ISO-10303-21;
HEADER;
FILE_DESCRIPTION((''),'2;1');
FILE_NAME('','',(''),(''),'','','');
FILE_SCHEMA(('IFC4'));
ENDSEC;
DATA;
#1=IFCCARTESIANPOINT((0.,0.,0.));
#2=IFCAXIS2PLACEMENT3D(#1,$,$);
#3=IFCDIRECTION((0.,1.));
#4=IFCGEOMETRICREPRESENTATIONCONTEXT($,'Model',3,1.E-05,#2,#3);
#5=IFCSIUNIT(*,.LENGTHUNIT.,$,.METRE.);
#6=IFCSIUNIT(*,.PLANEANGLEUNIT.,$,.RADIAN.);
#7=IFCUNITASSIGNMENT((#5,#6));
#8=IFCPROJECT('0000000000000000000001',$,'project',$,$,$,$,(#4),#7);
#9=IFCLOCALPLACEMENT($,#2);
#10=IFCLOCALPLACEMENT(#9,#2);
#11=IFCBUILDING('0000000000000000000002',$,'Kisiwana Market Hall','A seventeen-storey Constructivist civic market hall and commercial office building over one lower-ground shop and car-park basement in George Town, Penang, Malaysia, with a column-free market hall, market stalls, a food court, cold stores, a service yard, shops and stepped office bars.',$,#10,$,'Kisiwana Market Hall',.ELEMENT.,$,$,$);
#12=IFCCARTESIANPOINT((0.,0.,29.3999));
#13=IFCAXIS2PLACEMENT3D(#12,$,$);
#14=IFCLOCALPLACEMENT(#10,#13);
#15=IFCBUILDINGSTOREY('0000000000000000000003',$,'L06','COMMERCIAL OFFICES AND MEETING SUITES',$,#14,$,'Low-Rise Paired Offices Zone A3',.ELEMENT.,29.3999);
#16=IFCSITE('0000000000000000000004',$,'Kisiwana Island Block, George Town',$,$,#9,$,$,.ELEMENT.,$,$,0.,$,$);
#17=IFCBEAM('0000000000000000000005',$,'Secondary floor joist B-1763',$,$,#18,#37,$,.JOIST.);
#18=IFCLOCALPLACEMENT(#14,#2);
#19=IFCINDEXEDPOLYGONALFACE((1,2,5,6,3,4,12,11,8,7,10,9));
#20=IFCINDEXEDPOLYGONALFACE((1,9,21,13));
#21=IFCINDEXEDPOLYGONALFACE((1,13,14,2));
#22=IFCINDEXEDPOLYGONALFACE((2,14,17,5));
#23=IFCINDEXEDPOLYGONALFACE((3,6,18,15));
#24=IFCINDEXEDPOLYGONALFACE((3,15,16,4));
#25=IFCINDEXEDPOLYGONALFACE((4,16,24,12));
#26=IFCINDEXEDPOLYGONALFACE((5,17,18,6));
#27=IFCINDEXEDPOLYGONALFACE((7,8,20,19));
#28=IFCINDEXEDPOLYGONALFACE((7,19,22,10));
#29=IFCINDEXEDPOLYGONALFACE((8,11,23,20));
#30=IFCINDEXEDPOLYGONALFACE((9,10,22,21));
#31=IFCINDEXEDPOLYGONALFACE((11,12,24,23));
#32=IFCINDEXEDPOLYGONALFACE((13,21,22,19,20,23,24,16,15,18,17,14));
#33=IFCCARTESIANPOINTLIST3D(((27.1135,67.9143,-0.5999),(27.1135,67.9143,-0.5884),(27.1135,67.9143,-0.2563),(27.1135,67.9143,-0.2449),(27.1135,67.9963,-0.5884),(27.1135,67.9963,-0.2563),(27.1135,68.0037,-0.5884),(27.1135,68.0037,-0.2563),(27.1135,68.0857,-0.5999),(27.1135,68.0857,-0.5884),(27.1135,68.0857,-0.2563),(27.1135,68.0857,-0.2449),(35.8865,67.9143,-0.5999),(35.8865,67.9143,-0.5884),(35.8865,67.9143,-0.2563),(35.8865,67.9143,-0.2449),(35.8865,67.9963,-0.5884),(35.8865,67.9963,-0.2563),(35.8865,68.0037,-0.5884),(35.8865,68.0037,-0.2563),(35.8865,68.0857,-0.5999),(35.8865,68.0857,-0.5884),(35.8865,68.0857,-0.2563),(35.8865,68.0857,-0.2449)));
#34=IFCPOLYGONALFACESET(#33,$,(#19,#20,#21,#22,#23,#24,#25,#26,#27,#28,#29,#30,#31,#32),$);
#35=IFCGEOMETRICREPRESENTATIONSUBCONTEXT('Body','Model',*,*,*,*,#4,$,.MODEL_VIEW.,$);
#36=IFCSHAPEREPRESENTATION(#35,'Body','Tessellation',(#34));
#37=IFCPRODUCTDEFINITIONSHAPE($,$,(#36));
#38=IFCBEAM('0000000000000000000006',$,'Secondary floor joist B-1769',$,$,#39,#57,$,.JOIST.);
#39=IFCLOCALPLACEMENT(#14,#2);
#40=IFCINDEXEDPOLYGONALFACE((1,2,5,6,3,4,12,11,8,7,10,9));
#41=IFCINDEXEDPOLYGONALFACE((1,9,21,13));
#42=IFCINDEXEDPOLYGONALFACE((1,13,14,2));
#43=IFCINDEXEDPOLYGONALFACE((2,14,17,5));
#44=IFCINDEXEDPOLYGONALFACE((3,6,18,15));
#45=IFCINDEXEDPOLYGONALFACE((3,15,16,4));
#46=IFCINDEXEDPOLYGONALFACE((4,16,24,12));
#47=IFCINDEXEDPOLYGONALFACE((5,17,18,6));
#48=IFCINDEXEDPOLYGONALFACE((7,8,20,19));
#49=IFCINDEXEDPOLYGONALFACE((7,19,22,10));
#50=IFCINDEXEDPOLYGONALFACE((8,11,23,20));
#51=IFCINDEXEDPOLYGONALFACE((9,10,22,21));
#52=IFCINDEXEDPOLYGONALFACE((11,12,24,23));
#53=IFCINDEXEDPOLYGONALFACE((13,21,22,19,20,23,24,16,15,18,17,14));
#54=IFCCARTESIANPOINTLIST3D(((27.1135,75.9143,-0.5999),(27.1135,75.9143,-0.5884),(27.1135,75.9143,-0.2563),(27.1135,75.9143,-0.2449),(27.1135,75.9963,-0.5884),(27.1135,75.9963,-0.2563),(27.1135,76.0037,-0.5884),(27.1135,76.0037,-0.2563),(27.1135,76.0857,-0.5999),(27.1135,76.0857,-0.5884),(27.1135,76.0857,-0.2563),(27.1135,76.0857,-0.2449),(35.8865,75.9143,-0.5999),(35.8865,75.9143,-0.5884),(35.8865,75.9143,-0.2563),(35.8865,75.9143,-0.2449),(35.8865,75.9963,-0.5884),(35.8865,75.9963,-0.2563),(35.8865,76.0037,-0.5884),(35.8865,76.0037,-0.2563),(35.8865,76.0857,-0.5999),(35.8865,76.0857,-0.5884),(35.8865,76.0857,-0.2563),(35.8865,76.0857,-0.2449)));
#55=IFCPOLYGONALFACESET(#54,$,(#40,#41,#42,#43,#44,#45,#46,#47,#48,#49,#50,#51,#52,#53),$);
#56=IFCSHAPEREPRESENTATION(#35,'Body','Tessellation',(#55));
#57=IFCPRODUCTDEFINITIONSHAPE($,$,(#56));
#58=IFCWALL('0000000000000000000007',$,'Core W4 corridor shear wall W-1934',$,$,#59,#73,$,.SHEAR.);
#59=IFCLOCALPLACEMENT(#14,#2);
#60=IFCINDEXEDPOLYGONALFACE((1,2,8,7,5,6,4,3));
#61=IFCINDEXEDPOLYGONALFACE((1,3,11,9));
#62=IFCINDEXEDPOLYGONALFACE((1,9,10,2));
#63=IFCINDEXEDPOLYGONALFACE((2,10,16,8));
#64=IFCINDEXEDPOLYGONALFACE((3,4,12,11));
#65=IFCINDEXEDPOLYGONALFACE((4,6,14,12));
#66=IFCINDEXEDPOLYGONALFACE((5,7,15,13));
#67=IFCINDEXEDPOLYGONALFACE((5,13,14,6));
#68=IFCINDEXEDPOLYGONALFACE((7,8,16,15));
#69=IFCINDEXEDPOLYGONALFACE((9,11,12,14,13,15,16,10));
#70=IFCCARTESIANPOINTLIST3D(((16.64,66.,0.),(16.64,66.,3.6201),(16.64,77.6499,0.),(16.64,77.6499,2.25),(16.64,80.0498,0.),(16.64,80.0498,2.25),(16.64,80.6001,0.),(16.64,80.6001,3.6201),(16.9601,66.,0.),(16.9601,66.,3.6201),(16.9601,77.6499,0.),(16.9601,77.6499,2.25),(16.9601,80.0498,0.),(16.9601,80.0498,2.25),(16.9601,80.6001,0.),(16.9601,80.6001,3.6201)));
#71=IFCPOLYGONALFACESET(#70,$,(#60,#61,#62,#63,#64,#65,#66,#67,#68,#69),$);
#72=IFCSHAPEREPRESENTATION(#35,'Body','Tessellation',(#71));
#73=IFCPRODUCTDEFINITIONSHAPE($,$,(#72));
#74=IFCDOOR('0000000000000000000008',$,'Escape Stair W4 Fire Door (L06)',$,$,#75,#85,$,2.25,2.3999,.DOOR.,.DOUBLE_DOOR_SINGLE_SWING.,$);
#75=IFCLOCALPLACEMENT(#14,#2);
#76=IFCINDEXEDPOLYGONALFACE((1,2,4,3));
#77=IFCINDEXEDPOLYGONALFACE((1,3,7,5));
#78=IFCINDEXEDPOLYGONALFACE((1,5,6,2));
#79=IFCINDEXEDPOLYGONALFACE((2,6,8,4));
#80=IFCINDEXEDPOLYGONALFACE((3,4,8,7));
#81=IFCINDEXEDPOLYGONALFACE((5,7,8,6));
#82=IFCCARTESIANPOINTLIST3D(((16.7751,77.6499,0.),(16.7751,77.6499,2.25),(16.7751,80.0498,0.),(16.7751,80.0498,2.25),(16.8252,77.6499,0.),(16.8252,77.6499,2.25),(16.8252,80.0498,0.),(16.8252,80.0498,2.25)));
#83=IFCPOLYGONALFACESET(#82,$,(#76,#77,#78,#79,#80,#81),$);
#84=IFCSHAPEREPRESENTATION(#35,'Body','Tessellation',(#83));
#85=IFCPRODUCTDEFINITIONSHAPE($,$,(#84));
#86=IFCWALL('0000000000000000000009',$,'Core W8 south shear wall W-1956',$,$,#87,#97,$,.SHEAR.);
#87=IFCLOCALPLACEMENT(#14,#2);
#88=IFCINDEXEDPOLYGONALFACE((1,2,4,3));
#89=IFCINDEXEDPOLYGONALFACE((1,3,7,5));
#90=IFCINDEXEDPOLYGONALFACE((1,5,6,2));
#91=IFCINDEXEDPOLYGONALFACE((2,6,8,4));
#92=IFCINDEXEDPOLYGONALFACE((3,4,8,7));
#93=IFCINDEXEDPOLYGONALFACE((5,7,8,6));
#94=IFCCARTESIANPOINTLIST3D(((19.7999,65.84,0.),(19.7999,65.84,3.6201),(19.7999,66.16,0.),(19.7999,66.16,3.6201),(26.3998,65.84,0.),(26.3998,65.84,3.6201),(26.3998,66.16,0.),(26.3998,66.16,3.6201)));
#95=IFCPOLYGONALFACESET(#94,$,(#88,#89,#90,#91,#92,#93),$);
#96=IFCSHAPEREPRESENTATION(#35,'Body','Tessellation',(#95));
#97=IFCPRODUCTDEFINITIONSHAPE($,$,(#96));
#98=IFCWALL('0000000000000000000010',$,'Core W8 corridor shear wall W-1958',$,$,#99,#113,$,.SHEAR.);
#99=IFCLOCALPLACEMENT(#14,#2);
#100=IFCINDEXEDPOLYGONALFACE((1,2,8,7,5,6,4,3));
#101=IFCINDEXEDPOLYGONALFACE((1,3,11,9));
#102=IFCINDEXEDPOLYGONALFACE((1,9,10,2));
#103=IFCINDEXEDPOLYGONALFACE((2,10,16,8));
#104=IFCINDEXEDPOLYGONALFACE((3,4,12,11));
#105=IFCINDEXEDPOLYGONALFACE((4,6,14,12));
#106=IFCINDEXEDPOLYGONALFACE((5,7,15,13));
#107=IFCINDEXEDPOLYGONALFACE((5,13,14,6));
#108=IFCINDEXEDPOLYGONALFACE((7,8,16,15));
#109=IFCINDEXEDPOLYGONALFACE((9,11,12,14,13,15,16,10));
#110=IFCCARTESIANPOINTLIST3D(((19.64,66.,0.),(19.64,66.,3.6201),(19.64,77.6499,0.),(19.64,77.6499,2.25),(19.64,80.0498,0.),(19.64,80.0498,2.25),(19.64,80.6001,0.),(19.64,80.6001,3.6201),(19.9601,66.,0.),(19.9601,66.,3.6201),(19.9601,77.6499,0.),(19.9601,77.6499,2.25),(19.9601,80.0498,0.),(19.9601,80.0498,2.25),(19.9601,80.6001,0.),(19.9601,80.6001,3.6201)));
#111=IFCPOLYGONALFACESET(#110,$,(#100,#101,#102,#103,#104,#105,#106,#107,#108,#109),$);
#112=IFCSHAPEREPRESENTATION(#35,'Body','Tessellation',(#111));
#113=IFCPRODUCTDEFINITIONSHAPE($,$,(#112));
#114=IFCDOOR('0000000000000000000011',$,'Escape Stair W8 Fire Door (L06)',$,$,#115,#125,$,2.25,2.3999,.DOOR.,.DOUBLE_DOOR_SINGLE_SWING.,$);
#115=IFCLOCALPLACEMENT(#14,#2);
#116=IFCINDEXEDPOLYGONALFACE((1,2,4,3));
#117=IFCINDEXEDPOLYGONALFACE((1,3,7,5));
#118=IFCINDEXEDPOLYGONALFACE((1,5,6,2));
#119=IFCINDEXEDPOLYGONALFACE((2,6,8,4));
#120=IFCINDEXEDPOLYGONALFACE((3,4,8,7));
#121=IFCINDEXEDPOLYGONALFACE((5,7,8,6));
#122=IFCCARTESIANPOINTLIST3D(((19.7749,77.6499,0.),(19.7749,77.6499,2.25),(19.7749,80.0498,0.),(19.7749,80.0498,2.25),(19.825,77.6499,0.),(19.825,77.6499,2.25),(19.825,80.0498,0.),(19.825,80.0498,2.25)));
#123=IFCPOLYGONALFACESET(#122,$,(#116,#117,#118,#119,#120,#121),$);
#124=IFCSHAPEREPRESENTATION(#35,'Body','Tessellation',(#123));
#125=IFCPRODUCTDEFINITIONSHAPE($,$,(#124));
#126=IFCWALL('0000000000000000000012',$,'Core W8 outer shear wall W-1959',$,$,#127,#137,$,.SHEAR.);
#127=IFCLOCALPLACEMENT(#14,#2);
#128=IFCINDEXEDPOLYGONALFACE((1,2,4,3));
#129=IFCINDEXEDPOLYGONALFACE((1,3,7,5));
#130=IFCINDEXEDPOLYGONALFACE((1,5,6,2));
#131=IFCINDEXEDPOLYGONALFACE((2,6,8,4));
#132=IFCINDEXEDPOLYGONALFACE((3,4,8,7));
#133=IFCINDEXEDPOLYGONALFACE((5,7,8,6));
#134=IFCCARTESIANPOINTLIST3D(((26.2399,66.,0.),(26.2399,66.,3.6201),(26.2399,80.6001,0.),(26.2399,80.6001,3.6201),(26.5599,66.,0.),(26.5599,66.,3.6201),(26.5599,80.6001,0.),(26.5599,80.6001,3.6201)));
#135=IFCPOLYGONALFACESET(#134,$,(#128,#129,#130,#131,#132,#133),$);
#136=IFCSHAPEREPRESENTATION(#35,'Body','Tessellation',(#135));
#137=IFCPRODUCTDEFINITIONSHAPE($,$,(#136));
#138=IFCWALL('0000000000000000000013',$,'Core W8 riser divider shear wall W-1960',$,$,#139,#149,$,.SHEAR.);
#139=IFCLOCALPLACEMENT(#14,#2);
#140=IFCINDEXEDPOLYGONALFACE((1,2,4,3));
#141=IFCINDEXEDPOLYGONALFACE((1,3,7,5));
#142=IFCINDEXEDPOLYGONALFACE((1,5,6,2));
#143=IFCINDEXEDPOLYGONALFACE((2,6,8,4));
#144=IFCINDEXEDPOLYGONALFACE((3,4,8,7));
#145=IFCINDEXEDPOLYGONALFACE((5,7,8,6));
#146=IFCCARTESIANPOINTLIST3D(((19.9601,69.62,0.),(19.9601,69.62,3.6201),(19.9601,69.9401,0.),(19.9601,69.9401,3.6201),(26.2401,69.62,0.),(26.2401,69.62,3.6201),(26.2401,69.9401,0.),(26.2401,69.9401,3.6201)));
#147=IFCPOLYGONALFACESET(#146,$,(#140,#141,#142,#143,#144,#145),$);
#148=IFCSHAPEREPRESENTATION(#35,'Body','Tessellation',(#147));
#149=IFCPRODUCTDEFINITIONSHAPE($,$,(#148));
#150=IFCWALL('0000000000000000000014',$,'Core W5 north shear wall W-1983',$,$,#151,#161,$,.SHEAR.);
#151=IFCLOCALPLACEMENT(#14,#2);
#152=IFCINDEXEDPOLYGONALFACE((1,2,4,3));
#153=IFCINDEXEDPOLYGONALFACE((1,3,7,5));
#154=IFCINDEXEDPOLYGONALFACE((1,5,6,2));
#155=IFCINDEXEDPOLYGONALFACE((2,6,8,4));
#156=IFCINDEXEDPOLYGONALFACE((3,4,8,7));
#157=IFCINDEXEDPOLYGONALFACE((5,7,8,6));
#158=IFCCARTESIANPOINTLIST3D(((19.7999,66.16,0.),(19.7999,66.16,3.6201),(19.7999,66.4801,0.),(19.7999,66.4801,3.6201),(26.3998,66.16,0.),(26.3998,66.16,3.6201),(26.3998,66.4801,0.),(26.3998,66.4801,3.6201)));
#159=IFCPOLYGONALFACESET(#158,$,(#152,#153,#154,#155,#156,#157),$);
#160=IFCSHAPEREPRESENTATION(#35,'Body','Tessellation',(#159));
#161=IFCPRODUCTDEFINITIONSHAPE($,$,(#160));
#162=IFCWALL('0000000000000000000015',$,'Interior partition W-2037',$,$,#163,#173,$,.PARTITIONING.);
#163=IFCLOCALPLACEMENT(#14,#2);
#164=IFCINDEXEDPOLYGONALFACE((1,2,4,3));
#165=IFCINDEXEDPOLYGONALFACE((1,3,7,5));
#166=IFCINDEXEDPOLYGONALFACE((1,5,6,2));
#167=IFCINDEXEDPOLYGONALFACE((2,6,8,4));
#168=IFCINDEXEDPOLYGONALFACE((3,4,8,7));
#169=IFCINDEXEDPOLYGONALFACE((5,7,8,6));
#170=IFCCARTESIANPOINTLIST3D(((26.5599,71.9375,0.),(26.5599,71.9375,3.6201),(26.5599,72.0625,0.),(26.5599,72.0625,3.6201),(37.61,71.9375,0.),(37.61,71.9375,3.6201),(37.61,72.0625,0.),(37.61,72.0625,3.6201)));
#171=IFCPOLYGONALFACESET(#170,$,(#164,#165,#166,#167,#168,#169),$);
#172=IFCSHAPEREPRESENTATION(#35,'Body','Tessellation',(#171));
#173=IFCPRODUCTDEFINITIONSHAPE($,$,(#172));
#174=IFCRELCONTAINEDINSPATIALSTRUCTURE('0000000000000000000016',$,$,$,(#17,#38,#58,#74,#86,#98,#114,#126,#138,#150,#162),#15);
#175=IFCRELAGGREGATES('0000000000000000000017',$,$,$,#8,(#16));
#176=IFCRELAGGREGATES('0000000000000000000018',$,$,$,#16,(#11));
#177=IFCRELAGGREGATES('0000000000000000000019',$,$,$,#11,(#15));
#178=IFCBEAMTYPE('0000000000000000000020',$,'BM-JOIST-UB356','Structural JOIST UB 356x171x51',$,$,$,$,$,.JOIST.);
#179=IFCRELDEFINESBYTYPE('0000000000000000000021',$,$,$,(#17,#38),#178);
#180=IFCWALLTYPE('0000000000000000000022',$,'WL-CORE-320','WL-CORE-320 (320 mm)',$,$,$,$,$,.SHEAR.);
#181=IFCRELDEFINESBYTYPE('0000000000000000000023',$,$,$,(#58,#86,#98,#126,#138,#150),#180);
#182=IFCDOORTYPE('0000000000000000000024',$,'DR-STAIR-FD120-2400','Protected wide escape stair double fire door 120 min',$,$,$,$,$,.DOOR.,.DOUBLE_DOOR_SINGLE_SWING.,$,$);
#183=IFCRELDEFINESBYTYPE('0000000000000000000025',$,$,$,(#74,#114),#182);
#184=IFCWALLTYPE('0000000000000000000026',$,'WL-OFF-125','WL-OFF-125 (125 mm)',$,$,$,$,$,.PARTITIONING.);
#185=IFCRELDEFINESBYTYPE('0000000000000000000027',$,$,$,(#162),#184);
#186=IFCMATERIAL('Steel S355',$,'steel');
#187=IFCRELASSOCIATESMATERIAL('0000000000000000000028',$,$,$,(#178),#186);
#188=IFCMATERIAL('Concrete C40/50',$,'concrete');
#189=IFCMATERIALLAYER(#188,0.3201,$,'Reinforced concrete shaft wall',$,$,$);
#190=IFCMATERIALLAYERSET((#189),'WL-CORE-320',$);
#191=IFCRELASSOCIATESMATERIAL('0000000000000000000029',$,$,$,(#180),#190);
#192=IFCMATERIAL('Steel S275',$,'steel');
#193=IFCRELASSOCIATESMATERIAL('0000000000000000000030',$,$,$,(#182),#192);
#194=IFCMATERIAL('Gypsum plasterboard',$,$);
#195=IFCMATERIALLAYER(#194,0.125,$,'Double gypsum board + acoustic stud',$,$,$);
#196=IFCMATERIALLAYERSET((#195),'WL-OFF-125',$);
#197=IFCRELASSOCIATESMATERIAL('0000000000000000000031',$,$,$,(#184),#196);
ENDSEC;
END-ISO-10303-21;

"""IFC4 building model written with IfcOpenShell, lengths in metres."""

from ifc_helpers import new_model, si_unit, direction, frame, frame_2d, origin, origin_2d, place, context, subcontext, project, spatial, rectangle, i_section, extrude, material, layer, layer_set, material_profile, profile_set, type_object, element, fill, save


model = new_model("IFC4")

# Units and contexts
model_context = context("Model", 3, precision=1e-05, world=origin(), true_north=direction((0.0, 1.0)))
body_context = subcontext(model_context, "Body", "Model", "MODEL_VIEW")
ifc_project = project(units=[si_unit("LENGTHUNIT", "METRE"), si_unit("PLANEANGLEUNIT", "RADIAN")], contexts=[model_context])

# Site, building, storey
site_placement = place(None, origin())
site = spatial("IfcSite", under=ifc_project, at=site_placement, Name="Kisiwana Island Block, George Town", CompositionType="ELEMENT", RefElevation=0.0)
building_placement = place(site_placement, origin())
building = spatial("IfcBuilding", under=site, at=building_placement, Name="Kisiwana Market Hall", Description="A seventeen-storey Constructivist civic market hall and commercial office building over one lower-ground shop and car-park basement in George Town, Penang, Malaysia, with a column-free market hall, market stalls, a food court, cold stores, a service yard, shops and stepped office bars.", LongName="Kisiwana Market Hall", CompositionType="ELEMENT")
storey_placement = place(building_placement, frame((0.0, 0.0, 29.3999)))
storey = spatial("IfcBuildingStorey", under=building, at=storey_placement, Name="L06", Description="COMMERCIAL OFFICES AND MEETING SUITES", LongName="Low-Rise Paired Offices Zone A3", CompositionType="ELEMENT", Elevation=29.3999)

# Beams
ifc_material_1 = material(Name="Steel S355", Category="steel")
ifc_material_profile = material_profile(ifc_material_1, i_section(OverallWidth=0.1714, OverallDepth=0.355, WebThickness=0.0073, FlangeThickness=0.0115, at=origin_2d()), Name="UB 356x171x51")
ifc_profile_set = profile_set([ifc_material_profile], Name="Steel S355")
beam_type = type_object("IfcBeamType", Name="BM-JOIST-UB356", Description="Structural JOIST UB 356x171x51", PredefinedType="JOIST", material=ifc_profile_set)
for number, where, z_axis, x_axis, name in (
    (1, (27.1135, 68.0, -0.4224), (1.0, 0.0, 0.0), (0.0, 1.0, 0.0), "Secondary floor joist B-1763"),
    (2, (27.1135, 76.0, -0.4224), (1.0, 0.0, 0.0), (0.0, 1.0, 0.0), "Secondary floor joist B-1769"),
):
    element("IfcBeam", number, at=place(storey_placement, frame(where, z_axis=z_axis, x_axis=x_axis)), inside=storey, type_object=beam_type, Name=name, PredefinedType="JOIST", context=body_context, shape_type="SweptSolid", body=[
        extrude(i_section(OverallWidth=0.1714, OverallDepth=0.355, WebThickness=0.0073, FlangeThickness=0.0115, at=origin_2d()), origin(), (0.0, 0.0, 1.0), 8.7729),
    ])

# Wall, opening, door
ifc_material_2 = material(Name="Concrete C40/50", Category="concrete")
ifc_layer_1 = layer(ifc_material_2, 0.3201, Name="Reinforced concrete shaft wall")
ifc_layer_set_1 = layer_set([ifc_layer_1], Name="WL-CORE-320")
wall_type_1 = type_object("IfcWallType", Name="WL-CORE-320", Description="WL-CORE-320 (320 mm)", PredefinedType="SHEAR", material=ifc_layer_set_1)
wall_1_placement = place(storey_placement, frame((16.8, 66.0, 0.0), z_axis=(0.0, 0.0, 1.0), x_axis=(0.0, 1.0, 0.0)))
wall_1 = element("IfcWall", 3, at=wall_1_placement, inside=storey, type_object=wall_type_1, Name="Core W4 corridor shear wall W-1934", PredefinedType="SHEAR", context=body_context, shape_type="SweptSolid", body=[
    extrude(rectangle(XDim=14.6001, YDim=0.3201, at=frame_2d((7.3, 0.0))), origin(), (0.0, 0.0, 1.0), 3.6201),
])
opening_1_placement = place(wall_1_placement, frame((11.6499, 0.0, 0.0)))
opening_1 = element("IfcOpeningElement", 4, at=opening_1_placement, cuts=wall_1, PredefinedType="OPENING", context=body_context, shape_type="SweptSolid", body=[
    extrude(rectangle(XDim=2.3999, YDim=2.25, at=frame_2d((1.2, 1.125))), frame((0.0, 0.1719, 0.0), z_axis=(0.0, -1.0, 0.0), x_axis=(1.0, 0.0, 0.0)), (0.0, 0.0, 1.0), 0.344),
])
ifc_material_3 = material(Name="Steel S275", Category="steel")
door_type = type_object("IfcDoorType", Name="DR-STAIR-FD120-2400", Description="Protected wide escape stair double fire door 120 min", OperationType="DOUBLE_DOOR_SINGLE_SWING", PredefinedType="DOOR", material=ifc_material_3)
door_1_placement = place(opening_1_placement, origin())
door_1 = element("IfcDoor", 5, at=door_1_placement, inside=storey, type_object=door_type, Name="Escape Stair W4 Fire Door (L06)", OperationType="DOUBLE_DOOR_SINGLE_SWING", OverallHeight=2.25, OverallWidth=2.3999, PredefinedType="DOOR", context=body_context, shape_type="SweptSolid", body=[
    extrude(rectangle(XDim=2.3999, YDim=2.25, at=frame_2d((1.2, 1.125))), frame((0.0, 0.0249, 0.0), z_axis=(0.0, -1.0, 0.0), x_axis=(1.0, 0.0, 0.0)), (0.0, 0.0, 1.0), 0.05),
])
fill(opening_1, door_1)

# Wall
wall_2_placement = place(storey_placement, frame((19.8, 66.0, 0.0), z_axis=(0.0, 0.0, 1.0), x_axis=(1.0, 0.0, 0.0)))
element("IfcWall", 6, at=wall_2_placement, inside=storey, type_object=wall_type_1, Name="Core W8 south shear wall W-1956", PredefinedType="SHEAR", context=body_context, shape_type="SweptSolid", body=[
    extrude(rectangle(XDim=6.5999, YDim=0.3201, at=frame_2d((3.2998, 0.0))), origin(), (0.0, 0.0, 1.0), 3.6201),
])

# Wall, opening, door
wall_3_placement = place(storey_placement, frame((19.8, 66.0, 0.0), z_axis=(0.0, 0.0, 1.0), x_axis=(0.0, 1.0, 0.0)))
wall_3 = element("IfcWall", 7, at=wall_3_placement, inside=storey, type_object=wall_type_1, Name="Core W8 corridor shear wall W-1958", PredefinedType="SHEAR", context=body_context, shape_type="SweptSolid", body=[
    extrude(rectangle(XDim=14.6001, YDim=0.3201, at=frame_2d((7.3, 0.0))), origin(), (0.0, 0.0, 1.0), 3.6201),
])
opening_2_placement = place(wall_3_placement, frame((11.6499, 0.0, 0.0)))
opening_2 = element("IfcOpeningElement", 8, at=opening_2_placement, cuts=wall_3, PredefinedType="OPENING", context=body_context, shape_type="SweptSolid", body=[
    extrude(rectangle(XDim=2.3999, YDim=2.25, at=frame_2d((1.2, 1.125))), frame((0.0, 0.1719, 0.0), z_axis=(0.0, -1.0, 0.0), x_axis=(1.0, 0.0, 0.0)), (0.0, 0.0, 1.0), 0.344),
])
door_2_placement = place(opening_2_placement, frame((2.3999, 0.0, 0.0), z_axis=(0.0, 0.0, 1.0), x_axis=(-1.0, 0.0, 0.0)))
door_2 = element("IfcDoor", 9, at=door_2_placement, inside=storey, type_object=door_type, Name="Escape Stair W8 Fire Door (L06)", OperationType="DOUBLE_DOOR_SINGLE_SWING", OverallHeight=2.25, OverallWidth=2.3999, PredefinedType="DOOR", context=body_context, shape_type="SweptSolid", body=[
    extrude(rectangle(XDim=2.3999, YDim=2.25, at=frame_2d((1.2, 1.125))), frame((0.0, 0.0249, 0.0), z_axis=(0.0, -1.0, 0.0), x_axis=(1.0, 0.0, 0.0)), (0.0, 0.0, 1.0), 0.05),
])
fill(opening_2, door_2)

# Walls
wall_4_placement = place(storey_placement, frame((26.3999, 66.0, 0.0), z_axis=(0.0, 0.0, 1.0), x_axis=(0.0, 1.0, 0.0)))
element("IfcWall", 10, at=wall_4_placement, inside=storey, type_object=wall_type_1, Name="Core W8 outer shear wall W-1959", PredefinedType="SHEAR", context=body_context, shape_type="SweptSolid", body=[
    extrude(rectangle(XDim=14.6001, YDim=0.3201, at=frame_2d((7.3, 0.0))), origin(), (0.0, 0.0, 1.0), 3.6201),
])
wall_5_placement = place(storey_placement, frame((19.96, 69.78, 0.0), z_axis=(0.0, 0.0, 1.0), x_axis=(1.0, 0.0, 0.0)))
element("IfcWall", 11, at=wall_5_placement, inside=storey, type_object=wall_type_1, Name="Core W8 riser divider shear wall W-1960", PredefinedType="SHEAR", context=body_context, shape_type="SweptSolid", body=[
    extrude(rectangle(XDim=6.28, YDim=0.3201, at=frame_2d((3.1401, 0.0))), origin(), (0.0, 0.0, 1.0), 3.6201),
])
wall_6_placement = place(storey_placement, frame((19.8, 66.3201, 0.0), z_axis=(0.0, 0.0, 1.0), x_axis=(1.0, 0.0, 0.0)))
element("IfcWall", 12, at=wall_6_placement, inside=storey, type_object=wall_type_1, Name="Core W5 north shear wall W-1983", PredefinedType="SHEAR", context=body_context, shape_type="SweptSolid", body=[
    extrude(rectangle(XDim=6.5999, YDim=0.3201, at=frame_2d((3.2998, 0.0))), origin(), (0.0, 0.0, 1.0), 3.6201),
])
ifc_material_4 = material(Name="Gypsum plasterboard")
ifc_layer_2 = layer(ifc_material_4, 0.125, Name="Double gypsum board + acoustic stud")
ifc_layer_set_2 = layer_set([ifc_layer_2], Name="WL-OFF-125")
wall_type_2 = type_object("IfcWallType", Name="WL-OFF-125", Description="WL-OFF-125 (125 mm)", PredefinedType="PARTITIONING", material=ifc_layer_set_2)
wall_7_placement = place(storey_placement, frame((26.5601, 72.0, 0.0), z_axis=(0.0, 0.0, 1.0), x_axis=(1.0, 0.0, 0.0)))
element("IfcWall", 13, at=wall_7_placement, inside=storey, type_object=wall_type_2, Name="Interior partition W-2037", PredefinedType="PARTITIONING", context=body_context, shape_type="SweptSolid", body=[
    extrude(rectangle(XDim=11.05, YDim=0.125, at=frame_2d((5.5249, 0.0))), origin(), (0.0, 0.0, 1.0), 3.6201),
])

save(model, "model.ifc")
